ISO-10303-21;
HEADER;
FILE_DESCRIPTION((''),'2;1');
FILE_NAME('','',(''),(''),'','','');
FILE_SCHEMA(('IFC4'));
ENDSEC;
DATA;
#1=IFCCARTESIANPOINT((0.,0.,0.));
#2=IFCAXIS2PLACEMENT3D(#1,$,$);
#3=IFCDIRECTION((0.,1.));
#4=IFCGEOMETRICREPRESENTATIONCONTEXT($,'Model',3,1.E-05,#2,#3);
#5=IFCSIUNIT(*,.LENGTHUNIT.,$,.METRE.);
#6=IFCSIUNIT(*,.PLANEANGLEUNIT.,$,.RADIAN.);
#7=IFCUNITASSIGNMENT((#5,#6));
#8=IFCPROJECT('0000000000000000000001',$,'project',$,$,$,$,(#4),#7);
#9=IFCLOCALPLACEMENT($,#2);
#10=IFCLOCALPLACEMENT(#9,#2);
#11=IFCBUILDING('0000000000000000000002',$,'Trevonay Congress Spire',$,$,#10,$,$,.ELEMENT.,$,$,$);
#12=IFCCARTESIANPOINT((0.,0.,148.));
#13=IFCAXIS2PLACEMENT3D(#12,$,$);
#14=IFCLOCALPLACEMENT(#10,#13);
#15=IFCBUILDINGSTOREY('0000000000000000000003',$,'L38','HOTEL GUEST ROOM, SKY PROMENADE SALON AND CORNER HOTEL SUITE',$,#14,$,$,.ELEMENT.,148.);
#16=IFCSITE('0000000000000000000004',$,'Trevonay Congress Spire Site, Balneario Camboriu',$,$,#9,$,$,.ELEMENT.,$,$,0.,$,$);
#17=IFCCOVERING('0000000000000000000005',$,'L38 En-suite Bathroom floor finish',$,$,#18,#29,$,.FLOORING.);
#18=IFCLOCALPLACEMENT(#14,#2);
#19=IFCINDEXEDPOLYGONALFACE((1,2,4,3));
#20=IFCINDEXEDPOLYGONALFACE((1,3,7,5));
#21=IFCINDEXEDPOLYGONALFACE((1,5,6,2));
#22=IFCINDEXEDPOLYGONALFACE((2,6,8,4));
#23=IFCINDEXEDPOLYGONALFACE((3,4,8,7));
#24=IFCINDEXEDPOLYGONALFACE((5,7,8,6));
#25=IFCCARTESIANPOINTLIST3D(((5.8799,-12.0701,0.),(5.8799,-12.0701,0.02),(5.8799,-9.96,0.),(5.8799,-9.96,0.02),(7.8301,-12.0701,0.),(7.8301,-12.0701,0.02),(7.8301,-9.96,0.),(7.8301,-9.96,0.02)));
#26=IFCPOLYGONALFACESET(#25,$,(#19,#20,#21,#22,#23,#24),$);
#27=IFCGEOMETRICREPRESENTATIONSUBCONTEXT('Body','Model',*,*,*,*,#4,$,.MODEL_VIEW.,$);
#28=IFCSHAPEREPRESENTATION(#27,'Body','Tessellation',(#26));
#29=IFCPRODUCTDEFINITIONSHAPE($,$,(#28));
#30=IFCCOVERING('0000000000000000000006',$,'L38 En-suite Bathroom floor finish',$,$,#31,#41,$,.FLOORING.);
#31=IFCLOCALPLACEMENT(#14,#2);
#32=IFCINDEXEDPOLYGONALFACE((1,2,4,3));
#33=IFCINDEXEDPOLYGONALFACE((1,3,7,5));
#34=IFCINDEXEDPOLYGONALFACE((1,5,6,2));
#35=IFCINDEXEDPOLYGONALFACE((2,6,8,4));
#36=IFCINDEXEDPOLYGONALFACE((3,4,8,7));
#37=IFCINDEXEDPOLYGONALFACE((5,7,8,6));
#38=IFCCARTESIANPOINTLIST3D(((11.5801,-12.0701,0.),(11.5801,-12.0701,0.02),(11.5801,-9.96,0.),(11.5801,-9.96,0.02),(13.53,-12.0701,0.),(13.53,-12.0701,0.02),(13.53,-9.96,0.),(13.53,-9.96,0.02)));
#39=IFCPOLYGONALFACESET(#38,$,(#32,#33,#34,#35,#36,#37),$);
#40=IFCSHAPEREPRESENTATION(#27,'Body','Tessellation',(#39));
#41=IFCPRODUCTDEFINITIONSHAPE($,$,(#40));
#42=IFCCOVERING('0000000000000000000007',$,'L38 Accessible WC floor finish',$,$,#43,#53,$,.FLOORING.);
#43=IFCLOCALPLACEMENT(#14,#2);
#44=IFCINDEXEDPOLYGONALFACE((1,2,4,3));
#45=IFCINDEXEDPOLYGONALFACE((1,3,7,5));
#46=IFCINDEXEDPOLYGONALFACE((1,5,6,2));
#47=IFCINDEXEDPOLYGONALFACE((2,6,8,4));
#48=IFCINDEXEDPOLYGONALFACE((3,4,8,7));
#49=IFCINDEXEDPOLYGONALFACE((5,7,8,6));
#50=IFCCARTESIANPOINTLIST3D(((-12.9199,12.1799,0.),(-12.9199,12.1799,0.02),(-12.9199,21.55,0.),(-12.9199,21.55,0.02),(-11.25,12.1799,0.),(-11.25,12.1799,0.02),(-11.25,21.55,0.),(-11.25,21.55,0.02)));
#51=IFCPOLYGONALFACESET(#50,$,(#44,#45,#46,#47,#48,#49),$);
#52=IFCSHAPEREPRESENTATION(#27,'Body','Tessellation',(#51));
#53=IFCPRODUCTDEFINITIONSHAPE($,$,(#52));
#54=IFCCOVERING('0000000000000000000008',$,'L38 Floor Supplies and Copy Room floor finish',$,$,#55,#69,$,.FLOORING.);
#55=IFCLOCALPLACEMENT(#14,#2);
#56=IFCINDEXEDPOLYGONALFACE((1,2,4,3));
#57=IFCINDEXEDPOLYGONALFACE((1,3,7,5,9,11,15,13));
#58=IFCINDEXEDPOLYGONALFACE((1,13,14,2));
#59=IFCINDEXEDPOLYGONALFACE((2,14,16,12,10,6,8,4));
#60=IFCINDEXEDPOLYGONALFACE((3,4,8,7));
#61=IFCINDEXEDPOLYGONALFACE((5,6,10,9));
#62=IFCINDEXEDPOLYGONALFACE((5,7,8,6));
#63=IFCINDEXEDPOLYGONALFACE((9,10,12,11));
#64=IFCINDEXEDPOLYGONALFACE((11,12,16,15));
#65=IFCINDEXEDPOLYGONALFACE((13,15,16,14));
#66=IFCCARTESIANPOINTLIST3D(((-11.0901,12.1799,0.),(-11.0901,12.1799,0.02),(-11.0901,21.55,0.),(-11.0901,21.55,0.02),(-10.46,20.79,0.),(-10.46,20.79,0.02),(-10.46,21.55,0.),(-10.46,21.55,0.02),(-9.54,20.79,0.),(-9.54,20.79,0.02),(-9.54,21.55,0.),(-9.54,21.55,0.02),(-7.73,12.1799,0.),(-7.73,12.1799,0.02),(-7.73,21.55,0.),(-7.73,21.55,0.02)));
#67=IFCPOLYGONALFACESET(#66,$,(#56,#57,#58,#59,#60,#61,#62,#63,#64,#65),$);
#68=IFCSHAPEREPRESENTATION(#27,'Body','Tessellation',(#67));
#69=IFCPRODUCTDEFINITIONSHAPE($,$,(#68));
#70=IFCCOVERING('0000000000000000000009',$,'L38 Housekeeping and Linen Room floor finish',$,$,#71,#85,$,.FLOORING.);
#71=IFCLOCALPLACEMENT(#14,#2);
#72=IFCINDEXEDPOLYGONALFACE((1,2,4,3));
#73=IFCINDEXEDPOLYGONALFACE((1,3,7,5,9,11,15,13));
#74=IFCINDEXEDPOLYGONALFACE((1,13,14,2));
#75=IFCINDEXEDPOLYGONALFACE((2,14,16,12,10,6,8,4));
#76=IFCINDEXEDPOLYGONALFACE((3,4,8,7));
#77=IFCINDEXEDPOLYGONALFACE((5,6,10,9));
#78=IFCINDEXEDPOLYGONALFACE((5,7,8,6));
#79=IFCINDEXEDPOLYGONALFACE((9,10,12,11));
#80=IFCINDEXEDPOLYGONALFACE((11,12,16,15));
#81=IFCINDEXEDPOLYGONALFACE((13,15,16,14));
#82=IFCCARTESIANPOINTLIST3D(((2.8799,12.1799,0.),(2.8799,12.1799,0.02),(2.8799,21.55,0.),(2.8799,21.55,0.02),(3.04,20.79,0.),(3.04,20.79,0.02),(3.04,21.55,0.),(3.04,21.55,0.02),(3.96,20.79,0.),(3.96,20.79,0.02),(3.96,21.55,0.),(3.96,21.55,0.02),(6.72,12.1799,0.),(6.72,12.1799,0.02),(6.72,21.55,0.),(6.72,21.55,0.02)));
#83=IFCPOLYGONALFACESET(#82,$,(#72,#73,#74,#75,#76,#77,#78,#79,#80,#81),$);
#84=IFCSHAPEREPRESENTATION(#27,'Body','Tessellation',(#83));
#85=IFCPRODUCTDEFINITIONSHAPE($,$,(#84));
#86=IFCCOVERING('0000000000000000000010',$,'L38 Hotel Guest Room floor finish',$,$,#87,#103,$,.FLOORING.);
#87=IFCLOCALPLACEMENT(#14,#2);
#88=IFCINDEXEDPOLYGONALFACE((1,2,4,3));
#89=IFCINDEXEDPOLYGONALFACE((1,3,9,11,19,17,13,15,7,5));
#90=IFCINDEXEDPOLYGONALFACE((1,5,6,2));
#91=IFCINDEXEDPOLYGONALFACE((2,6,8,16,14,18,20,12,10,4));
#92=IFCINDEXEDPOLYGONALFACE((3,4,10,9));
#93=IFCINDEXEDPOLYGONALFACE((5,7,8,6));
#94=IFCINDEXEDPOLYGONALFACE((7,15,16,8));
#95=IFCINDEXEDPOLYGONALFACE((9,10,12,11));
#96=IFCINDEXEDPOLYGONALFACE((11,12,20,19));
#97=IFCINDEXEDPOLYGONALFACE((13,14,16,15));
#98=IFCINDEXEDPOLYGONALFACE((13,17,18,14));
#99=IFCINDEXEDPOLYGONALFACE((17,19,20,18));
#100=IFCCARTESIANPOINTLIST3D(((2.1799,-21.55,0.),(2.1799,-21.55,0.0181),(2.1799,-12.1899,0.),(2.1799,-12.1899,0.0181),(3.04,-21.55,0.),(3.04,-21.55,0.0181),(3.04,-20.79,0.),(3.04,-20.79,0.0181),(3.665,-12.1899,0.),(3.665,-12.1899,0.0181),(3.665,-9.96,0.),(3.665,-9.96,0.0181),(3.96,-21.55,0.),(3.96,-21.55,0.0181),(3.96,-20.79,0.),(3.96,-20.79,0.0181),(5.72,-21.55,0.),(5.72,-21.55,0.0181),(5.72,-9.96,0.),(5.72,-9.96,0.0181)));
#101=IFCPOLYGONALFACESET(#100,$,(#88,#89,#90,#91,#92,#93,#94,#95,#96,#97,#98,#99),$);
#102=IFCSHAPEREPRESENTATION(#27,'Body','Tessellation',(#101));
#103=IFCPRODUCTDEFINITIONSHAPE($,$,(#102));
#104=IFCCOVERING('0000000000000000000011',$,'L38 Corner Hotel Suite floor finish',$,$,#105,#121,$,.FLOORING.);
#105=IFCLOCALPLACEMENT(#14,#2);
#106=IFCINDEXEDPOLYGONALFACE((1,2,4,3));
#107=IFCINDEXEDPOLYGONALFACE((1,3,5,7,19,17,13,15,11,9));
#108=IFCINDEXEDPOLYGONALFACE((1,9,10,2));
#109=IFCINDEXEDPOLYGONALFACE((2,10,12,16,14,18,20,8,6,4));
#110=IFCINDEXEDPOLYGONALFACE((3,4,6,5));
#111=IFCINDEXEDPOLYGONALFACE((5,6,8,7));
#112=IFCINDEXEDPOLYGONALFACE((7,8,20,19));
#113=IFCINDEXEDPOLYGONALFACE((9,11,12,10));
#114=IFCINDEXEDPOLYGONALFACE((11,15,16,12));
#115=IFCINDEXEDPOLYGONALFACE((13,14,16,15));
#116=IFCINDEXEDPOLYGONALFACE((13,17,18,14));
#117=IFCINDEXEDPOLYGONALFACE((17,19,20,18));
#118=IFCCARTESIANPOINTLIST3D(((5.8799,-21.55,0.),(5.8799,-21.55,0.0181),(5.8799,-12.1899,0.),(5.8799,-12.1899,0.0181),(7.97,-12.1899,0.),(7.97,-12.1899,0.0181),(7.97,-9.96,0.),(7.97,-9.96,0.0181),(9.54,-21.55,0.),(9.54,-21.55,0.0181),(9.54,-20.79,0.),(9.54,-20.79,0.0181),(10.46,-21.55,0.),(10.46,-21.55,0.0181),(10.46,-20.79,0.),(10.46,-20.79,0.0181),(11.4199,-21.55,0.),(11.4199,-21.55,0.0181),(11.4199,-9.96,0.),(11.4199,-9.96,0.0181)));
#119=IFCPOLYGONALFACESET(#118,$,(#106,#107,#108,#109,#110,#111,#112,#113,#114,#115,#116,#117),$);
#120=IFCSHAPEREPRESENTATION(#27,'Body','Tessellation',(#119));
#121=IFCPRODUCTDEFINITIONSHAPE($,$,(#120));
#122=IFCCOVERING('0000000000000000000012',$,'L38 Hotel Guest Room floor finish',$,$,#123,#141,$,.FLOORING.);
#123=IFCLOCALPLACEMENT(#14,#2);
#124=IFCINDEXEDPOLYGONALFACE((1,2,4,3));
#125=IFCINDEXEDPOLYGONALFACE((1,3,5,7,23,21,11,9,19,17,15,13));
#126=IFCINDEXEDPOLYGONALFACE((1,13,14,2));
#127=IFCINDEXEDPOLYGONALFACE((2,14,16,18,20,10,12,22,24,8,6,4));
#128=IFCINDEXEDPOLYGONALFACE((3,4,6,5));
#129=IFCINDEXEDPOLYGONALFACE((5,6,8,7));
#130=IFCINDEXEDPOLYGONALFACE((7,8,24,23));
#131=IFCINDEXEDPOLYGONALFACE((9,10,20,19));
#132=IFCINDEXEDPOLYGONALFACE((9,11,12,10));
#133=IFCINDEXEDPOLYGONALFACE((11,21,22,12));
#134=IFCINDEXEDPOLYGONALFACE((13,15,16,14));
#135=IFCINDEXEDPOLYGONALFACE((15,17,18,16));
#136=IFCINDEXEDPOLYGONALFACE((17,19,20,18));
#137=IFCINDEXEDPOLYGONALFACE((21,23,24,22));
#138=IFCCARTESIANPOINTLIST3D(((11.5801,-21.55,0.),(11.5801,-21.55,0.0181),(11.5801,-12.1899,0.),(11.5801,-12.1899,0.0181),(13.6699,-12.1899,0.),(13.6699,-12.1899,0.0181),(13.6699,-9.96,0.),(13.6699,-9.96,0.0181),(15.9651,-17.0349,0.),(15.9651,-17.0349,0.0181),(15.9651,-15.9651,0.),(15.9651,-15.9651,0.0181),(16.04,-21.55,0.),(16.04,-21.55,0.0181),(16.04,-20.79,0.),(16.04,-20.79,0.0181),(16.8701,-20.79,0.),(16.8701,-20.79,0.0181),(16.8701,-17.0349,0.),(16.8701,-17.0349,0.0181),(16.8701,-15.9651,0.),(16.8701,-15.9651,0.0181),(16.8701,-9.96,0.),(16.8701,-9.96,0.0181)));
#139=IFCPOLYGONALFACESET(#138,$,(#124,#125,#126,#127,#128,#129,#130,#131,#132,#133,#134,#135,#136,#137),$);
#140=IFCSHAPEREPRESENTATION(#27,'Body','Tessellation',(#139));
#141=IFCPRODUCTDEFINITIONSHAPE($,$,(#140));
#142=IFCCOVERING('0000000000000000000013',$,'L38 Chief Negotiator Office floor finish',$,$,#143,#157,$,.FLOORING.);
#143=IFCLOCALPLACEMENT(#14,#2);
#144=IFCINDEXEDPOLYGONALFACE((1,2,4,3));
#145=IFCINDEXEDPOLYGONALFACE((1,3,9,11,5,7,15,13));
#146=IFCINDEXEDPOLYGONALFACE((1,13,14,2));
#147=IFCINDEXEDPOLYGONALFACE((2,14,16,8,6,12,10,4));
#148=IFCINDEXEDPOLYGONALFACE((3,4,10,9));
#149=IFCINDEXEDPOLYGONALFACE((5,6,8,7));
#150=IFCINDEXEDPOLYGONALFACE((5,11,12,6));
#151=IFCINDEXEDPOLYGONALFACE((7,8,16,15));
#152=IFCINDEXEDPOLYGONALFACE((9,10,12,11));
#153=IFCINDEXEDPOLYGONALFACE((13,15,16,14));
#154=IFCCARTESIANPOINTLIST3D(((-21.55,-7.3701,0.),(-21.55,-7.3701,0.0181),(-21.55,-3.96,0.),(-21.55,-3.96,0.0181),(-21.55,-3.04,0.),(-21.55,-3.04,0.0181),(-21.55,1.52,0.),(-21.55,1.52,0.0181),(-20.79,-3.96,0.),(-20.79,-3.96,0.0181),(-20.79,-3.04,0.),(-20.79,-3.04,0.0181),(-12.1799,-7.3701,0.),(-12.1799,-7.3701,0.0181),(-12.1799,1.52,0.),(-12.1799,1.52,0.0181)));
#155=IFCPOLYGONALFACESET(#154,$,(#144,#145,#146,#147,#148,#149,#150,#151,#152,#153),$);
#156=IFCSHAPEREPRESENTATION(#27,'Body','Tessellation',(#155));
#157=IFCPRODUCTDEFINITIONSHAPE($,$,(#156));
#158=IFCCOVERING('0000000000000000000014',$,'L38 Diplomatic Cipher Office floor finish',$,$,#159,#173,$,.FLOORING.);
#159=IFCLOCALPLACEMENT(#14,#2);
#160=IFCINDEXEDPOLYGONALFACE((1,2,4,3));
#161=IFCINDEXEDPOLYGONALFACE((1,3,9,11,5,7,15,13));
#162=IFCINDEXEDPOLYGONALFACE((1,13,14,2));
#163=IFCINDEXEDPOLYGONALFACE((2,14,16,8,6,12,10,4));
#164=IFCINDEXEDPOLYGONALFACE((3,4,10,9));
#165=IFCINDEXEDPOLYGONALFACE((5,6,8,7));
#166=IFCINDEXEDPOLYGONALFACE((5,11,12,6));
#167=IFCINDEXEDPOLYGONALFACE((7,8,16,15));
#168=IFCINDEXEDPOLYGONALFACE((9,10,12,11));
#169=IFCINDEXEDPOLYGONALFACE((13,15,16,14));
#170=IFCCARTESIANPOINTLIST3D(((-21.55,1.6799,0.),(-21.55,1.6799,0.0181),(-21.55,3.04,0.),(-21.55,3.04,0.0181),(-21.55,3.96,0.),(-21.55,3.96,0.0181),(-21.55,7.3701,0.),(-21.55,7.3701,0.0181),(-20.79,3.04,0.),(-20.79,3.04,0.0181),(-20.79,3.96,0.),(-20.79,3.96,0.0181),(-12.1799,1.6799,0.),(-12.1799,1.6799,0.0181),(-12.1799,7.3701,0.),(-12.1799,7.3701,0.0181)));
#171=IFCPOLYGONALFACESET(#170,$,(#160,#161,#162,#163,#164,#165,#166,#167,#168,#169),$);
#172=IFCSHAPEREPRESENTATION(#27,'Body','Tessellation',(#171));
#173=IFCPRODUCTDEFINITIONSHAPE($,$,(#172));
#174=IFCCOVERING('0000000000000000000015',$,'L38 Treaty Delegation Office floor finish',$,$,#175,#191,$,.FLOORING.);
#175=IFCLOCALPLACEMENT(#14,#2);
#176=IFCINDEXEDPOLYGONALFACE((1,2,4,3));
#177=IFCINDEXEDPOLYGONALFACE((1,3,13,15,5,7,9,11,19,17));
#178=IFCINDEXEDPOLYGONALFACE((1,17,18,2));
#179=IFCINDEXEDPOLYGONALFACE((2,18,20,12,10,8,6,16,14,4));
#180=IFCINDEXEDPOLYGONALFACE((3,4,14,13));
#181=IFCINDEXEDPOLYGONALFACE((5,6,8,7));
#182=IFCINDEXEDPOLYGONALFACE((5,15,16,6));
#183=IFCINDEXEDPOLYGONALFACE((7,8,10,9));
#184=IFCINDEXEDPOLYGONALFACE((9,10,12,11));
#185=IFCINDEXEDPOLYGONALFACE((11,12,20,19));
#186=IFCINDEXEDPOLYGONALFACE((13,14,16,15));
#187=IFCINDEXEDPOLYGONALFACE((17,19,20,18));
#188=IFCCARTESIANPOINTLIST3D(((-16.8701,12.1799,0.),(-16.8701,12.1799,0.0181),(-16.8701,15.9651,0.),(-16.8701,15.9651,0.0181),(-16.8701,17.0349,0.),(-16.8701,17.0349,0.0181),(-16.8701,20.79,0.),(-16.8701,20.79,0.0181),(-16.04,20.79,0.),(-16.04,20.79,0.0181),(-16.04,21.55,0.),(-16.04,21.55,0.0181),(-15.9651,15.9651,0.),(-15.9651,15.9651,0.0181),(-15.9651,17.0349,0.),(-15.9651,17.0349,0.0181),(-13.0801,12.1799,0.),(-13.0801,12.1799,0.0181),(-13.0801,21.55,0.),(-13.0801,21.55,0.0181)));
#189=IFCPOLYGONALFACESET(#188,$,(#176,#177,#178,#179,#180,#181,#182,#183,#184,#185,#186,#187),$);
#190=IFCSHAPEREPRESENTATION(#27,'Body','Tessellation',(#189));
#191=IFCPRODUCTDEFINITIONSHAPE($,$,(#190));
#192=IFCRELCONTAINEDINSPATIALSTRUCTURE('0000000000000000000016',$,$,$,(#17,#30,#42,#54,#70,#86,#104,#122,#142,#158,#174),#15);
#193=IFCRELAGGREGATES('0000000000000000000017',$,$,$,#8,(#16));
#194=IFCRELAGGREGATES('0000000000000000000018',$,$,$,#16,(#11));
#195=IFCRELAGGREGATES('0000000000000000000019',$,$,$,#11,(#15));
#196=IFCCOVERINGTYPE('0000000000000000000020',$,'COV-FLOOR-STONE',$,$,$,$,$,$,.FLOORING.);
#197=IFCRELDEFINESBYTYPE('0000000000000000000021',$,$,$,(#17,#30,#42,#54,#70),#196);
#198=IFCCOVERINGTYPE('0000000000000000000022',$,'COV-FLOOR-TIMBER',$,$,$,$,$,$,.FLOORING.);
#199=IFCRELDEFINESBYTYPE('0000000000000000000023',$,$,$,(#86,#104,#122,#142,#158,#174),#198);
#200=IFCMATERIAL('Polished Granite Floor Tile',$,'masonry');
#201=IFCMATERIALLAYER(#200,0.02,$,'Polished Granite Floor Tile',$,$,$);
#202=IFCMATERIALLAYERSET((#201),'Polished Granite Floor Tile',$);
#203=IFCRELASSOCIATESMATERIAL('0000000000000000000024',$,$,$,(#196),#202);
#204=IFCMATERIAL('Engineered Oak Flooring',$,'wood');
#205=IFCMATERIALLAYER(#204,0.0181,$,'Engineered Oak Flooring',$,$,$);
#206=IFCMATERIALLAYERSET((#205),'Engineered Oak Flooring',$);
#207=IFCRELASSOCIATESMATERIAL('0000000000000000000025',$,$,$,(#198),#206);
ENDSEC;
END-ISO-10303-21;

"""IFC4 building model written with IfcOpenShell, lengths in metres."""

from ifc_helpers import new_model, si_unit, direction, frame, origin, place, context, subcontext, project, spatial, polyline, outline, extrude, material, layer, layer_set, type_object, element, save


model = new_model("IFC4")

# Units and contexts
model_context = context("Model", 3, precision=1e-05, world=origin(), true_north=direction((0.0, 1.0)))
body_context = subcontext(model_context, "Body", "Model", "MODEL_VIEW")
ifc_project = project(units=[si_unit("LENGTHUNIT", "METRE"), si_unit("PLANEANGLEUNIT", "RADIAN")], contexts=[model_context])

# Site, building, storey
site_placement = place(None, origin())
site = spatial("IfcSite", under=ifc_project, at=site_placement, Name="Trevonay Congress Spire Site, Balneario Camboriu", CompositionType="ELEMENT", RefElevation=0.0)
building_placement = place(site_placement, origin())
building = spatial("IfcBuilding", under=site, at=building_placement, Name="Trevonay Congress Spire", CompositionType="ELEMENT")
storey_placement = place(building_placement, frame((0.0, 0.0, 148.0)))
storey = spatial("IfcBuildingStorey", under=building, at=storey_placement, Name="L38", Description="HOTEL GUEST ROOM, SKY PROMENADE SALON AND CORNER HOTEL SUITE", CompositionType="ELEMENT", Elevation=148.0)

# Coverings
ifc_material_1 = material(Name="Polished Granite Floor Tile", Category="masonry")
ifc_layer_1 = layer(ifc_material_1, 0.02, Name="Polished Granite Floor Tile")
ifc_layer_set_1 = layer_set([ifc_layer_1], Name="Polished Granite Floor Tile")
covering_type_1 = type_object("IfcCoveringType", Name="COV-FLOOR-STONE", PredefinedType="FLOORING", material=ifc_layer_set_1)
covering_1_placement = place(storey_placement, origin())
element("IfcCovering", 1, at=covering_1_placement, inside=storey, type_object=covering_type_1, Name="L38 En-suite Bathroom floor finish", PredefinedType="FLOORING", context=body_context, shape_type="SweptSolid", body=[
    extrude(outline(polyline([(5.8799, -12.0701), (7.8301, -12.0701), (7.8301, -9.96), (5.8799, -9.96), (5.8799, -12.0701)])), origin(), (0.0, 0.0, 1.0), 0.02),
])
covering_2_placement = place(storey_placement, origin())
element("IfcCovering", 2, at=covering_2_placement, inside=storey, type_object=covering_type_1, Name="L38 En-suite Bathroom floor finish", PredefinedType="FLOORING", context=body_context, shape_type="SweptSolid", body=[
    extrude(outline(polyline([(11.5801, -12.0701), (13.53, -12.0701), (13.53, -9.96), (11.5801, -9.96), (11.5801, -12.0701)])), origin(), (0.0, 0.0, 1.0), 0.02),
])
covering_3_placement = place(storey_placement, origin())
element("IfcCovering", 3, at=covering_3_placement, inside=storey, type_object=covering_type_1, Name="L38 Accessible WC floor finish", PredefinedType="FLOORING", context=body_context, shape_type="SweptSolid", body=[
    extrude(outline(polyline([(-12.9199, 12.1799), (-11.25, 12.1799), (-11.25, 21.55), (-12.9199, 21.55), (-12.9199, 12.1799)])), origin(), (0.0, 0.0, 1.0), 0.02),
])
covering_4_placement = place(storey_placement, origin())
element("IfcCovering", 4, at=covering_4_placement, inside=storey, type_object=covering_type_1, Name="L38 Floor Supplies and Copy Room floor finish", PredefinedType="FLOORING", context=body_context, shape_type="SweptSolid", body=[
    extrude(outline(polyline([(-7.73, 21.55), (-7.73, 12.1799), (-11.0901, 12.1799), (-11.0901, 21.55), (-10.46, 21.55), (-10.46, 20.79), (-9.54, 20.79), (-9.54, 21.55), (-7.73, 21.55)])), origin(), (0.0, 0.0, 1.0), 0.02),
])
covering_5_placement = place(storey_placement, origin())
element("IfcCovering", 5, at=covering_5_placement, inside=storey, type_object=covering_type_1, Name="L38 Housekeeping and Linen Room floor finish", PredefinedType="FLOORING", context=body_context, shape_type="SweptSolid", body=[
    extrude(outline(polyline([(6.72, 21.55), (6.72, 12.1799), (2.8799, 12.1799), (2.8799, 21.55), (3.04, 21.55), (3.04, 20.79), (3.96, 20.79), (3.96, 21.55), (6.72, 21.55)])), origin(), (0.0, 0.0, 1.0), 0.02),
])
ifc_material_2 = material(Name="Engineered Oak Flooring", Category="wood")
ifc_layer_2 = layer(ifc_material_2, 0.0181, Name="Engineered Oak Flooring")
ifc_layer_set_2 = layer_set([ifc_layer_2], Name="Engineered Oak Flooring")
covering_type_2 = type_object("IfcCoveringType", Name="COV-FLOOR-TIMBER", PredefinedType="FLOORING", material=ifc_layer_set_2)
covering_6_placement = place(storey_placement, origin())
element("IfcCovering", 6, at=covering_6_placement, inside=storey, type_object=covering_type_2, Name="L38 Hotel Guest Room floor finish", PredefinedType="FLOORING", context=body_context, shape_type="SweptSolid", body=[
    extrude(outline(polyline([(2.1799, -21.55), (2.1799, -12.1899), (3.665, -12.1899), (3.665, -9.96), (5.72, -9.96), (5.72, -21.55), (3.96, -21.55), (3.96, -20.79), (3.04, -20.79), (3.04, -21.55), (2.1799, -21.55)])), origin(), (0.0, 0.0, 1.0), 0.0181),
])
covering_7_placement = place(storey_placement, origin())
element("IfcCovering", 7, at=covering_7_placement, inside=storey, type_object=covering_type_2, Name="L38 Corner Hotel Suite floor finish", PredefinedType="FLOORING", context=body_context, shape_type="SweptSolid", body=[
    extrude(outline(polyline([(5.8799, -21.55), (5.8799, -12.1899), (7.97, -12.1899), (7.97, -9.96), (11.4199, -9.96), (11.4199, -21.55), (10.46, -21.55), (10.46, -20.79), (9.54, -20.79), (9.54, -21.55), (5.8799, -21.55)])), origin(), (0.0, 0.0, 1.0), 0.0181),
])
covering_8_placement = place(storey_placement, origin())
element("IfcCovering", 8, at=covering_8_placement, inside=storey, type_object=covering_type_2, Name="L38 Hotel Guest Room floor finish", PredefinedType="FLOORING", context=body_context, shape_type="SweptSolid", body=[
    extrude(outline(polyline([(11.5801, -21.55), (11.5801, -12.1899), (13.6699, -12.1899), (13.6699, -9.96), (16.8701, -9.96), (16.8701, -15.9651), (15.9651, -15.9651), (15.9651, -17.0349), (16.8701, -17.0349), (16.8701, -20.79), (16.04, -20.79), (16.04, -21.55), (11.5801, -21.55)])), origin(), (0.0, 0.0, 1.0), 0.0181),
])
covering_9_placement = place(storey_placement, origin())
element("IfcCovering", 9, at=covering_9_placement, inside=storey, type_object=covering_type_2, Name="L38 Chief Negotiator Office floor finish", PredefinedType="FLOORING", context=body_context, shape_type="SweptSolid", body=[
    extrude(outline(polyline([(-21.55, 1.52), (-12.1799, 1.52), (-12.1799, -7.3701), (-21.55, -7.3701), (-21.55, -3.96), (-20.79, -3.96), (-20.79, -3.04), (-21.55, -3.04), (-21.55, 1.52)])), origin(), (0.0, 0.0, 1.0), 0.0181),
])
covering_10_placement = place(storey_placement, origin())
element("IfcCovering", 10, at=covering_10_placement, inside=storey, type_object=covering_type_2, Name="L38 Diplomatic Cipher Office floor finish", PredefinedType="FLOORING", context=body_context, shape_type="SweptSolid", body=[
    extrude(outline(polyline([(-21.55, 7.3701), (-12.1799, 7.3701), (-12.1799, 1.6799), (-21.55, 1.6799), (-21.55, 3.04), (-20.79, 3.04), (-20.79, 3.96), (-21.55, 3.96), (-21.55, 7.3701)])), origin(), (0.0, 0.0, 1.0), 0.0181),
])
covering_11_placement = place(storey_placement, origin())
element("IfcCovering", 11, at=covering_11_placement, inside=storey, type_object=covering_type_2, Name="L38 Treaty Delegation Office floor finish", PredefinedType="FLOORING", context=body_context, shape_type="SweptSolid", body=[
    extrude(outline(polyline([(-13.0801, 21.55), (-13.0801, 12.1799), (-16.8701, 12.1799), (-16.8701, 15.9651), (-15.9651, 15.9651), (-15.9651, 17.0349), (-16.8701, 17.0349), (-16.8701, 20.79), (-16.04, 20.79), (-16.04, 21.55), (-13.0801, 21.55)])), origin(), (0.0, 0.0, 1.0), 0.0181),
])

save(model, "model.ifc")
